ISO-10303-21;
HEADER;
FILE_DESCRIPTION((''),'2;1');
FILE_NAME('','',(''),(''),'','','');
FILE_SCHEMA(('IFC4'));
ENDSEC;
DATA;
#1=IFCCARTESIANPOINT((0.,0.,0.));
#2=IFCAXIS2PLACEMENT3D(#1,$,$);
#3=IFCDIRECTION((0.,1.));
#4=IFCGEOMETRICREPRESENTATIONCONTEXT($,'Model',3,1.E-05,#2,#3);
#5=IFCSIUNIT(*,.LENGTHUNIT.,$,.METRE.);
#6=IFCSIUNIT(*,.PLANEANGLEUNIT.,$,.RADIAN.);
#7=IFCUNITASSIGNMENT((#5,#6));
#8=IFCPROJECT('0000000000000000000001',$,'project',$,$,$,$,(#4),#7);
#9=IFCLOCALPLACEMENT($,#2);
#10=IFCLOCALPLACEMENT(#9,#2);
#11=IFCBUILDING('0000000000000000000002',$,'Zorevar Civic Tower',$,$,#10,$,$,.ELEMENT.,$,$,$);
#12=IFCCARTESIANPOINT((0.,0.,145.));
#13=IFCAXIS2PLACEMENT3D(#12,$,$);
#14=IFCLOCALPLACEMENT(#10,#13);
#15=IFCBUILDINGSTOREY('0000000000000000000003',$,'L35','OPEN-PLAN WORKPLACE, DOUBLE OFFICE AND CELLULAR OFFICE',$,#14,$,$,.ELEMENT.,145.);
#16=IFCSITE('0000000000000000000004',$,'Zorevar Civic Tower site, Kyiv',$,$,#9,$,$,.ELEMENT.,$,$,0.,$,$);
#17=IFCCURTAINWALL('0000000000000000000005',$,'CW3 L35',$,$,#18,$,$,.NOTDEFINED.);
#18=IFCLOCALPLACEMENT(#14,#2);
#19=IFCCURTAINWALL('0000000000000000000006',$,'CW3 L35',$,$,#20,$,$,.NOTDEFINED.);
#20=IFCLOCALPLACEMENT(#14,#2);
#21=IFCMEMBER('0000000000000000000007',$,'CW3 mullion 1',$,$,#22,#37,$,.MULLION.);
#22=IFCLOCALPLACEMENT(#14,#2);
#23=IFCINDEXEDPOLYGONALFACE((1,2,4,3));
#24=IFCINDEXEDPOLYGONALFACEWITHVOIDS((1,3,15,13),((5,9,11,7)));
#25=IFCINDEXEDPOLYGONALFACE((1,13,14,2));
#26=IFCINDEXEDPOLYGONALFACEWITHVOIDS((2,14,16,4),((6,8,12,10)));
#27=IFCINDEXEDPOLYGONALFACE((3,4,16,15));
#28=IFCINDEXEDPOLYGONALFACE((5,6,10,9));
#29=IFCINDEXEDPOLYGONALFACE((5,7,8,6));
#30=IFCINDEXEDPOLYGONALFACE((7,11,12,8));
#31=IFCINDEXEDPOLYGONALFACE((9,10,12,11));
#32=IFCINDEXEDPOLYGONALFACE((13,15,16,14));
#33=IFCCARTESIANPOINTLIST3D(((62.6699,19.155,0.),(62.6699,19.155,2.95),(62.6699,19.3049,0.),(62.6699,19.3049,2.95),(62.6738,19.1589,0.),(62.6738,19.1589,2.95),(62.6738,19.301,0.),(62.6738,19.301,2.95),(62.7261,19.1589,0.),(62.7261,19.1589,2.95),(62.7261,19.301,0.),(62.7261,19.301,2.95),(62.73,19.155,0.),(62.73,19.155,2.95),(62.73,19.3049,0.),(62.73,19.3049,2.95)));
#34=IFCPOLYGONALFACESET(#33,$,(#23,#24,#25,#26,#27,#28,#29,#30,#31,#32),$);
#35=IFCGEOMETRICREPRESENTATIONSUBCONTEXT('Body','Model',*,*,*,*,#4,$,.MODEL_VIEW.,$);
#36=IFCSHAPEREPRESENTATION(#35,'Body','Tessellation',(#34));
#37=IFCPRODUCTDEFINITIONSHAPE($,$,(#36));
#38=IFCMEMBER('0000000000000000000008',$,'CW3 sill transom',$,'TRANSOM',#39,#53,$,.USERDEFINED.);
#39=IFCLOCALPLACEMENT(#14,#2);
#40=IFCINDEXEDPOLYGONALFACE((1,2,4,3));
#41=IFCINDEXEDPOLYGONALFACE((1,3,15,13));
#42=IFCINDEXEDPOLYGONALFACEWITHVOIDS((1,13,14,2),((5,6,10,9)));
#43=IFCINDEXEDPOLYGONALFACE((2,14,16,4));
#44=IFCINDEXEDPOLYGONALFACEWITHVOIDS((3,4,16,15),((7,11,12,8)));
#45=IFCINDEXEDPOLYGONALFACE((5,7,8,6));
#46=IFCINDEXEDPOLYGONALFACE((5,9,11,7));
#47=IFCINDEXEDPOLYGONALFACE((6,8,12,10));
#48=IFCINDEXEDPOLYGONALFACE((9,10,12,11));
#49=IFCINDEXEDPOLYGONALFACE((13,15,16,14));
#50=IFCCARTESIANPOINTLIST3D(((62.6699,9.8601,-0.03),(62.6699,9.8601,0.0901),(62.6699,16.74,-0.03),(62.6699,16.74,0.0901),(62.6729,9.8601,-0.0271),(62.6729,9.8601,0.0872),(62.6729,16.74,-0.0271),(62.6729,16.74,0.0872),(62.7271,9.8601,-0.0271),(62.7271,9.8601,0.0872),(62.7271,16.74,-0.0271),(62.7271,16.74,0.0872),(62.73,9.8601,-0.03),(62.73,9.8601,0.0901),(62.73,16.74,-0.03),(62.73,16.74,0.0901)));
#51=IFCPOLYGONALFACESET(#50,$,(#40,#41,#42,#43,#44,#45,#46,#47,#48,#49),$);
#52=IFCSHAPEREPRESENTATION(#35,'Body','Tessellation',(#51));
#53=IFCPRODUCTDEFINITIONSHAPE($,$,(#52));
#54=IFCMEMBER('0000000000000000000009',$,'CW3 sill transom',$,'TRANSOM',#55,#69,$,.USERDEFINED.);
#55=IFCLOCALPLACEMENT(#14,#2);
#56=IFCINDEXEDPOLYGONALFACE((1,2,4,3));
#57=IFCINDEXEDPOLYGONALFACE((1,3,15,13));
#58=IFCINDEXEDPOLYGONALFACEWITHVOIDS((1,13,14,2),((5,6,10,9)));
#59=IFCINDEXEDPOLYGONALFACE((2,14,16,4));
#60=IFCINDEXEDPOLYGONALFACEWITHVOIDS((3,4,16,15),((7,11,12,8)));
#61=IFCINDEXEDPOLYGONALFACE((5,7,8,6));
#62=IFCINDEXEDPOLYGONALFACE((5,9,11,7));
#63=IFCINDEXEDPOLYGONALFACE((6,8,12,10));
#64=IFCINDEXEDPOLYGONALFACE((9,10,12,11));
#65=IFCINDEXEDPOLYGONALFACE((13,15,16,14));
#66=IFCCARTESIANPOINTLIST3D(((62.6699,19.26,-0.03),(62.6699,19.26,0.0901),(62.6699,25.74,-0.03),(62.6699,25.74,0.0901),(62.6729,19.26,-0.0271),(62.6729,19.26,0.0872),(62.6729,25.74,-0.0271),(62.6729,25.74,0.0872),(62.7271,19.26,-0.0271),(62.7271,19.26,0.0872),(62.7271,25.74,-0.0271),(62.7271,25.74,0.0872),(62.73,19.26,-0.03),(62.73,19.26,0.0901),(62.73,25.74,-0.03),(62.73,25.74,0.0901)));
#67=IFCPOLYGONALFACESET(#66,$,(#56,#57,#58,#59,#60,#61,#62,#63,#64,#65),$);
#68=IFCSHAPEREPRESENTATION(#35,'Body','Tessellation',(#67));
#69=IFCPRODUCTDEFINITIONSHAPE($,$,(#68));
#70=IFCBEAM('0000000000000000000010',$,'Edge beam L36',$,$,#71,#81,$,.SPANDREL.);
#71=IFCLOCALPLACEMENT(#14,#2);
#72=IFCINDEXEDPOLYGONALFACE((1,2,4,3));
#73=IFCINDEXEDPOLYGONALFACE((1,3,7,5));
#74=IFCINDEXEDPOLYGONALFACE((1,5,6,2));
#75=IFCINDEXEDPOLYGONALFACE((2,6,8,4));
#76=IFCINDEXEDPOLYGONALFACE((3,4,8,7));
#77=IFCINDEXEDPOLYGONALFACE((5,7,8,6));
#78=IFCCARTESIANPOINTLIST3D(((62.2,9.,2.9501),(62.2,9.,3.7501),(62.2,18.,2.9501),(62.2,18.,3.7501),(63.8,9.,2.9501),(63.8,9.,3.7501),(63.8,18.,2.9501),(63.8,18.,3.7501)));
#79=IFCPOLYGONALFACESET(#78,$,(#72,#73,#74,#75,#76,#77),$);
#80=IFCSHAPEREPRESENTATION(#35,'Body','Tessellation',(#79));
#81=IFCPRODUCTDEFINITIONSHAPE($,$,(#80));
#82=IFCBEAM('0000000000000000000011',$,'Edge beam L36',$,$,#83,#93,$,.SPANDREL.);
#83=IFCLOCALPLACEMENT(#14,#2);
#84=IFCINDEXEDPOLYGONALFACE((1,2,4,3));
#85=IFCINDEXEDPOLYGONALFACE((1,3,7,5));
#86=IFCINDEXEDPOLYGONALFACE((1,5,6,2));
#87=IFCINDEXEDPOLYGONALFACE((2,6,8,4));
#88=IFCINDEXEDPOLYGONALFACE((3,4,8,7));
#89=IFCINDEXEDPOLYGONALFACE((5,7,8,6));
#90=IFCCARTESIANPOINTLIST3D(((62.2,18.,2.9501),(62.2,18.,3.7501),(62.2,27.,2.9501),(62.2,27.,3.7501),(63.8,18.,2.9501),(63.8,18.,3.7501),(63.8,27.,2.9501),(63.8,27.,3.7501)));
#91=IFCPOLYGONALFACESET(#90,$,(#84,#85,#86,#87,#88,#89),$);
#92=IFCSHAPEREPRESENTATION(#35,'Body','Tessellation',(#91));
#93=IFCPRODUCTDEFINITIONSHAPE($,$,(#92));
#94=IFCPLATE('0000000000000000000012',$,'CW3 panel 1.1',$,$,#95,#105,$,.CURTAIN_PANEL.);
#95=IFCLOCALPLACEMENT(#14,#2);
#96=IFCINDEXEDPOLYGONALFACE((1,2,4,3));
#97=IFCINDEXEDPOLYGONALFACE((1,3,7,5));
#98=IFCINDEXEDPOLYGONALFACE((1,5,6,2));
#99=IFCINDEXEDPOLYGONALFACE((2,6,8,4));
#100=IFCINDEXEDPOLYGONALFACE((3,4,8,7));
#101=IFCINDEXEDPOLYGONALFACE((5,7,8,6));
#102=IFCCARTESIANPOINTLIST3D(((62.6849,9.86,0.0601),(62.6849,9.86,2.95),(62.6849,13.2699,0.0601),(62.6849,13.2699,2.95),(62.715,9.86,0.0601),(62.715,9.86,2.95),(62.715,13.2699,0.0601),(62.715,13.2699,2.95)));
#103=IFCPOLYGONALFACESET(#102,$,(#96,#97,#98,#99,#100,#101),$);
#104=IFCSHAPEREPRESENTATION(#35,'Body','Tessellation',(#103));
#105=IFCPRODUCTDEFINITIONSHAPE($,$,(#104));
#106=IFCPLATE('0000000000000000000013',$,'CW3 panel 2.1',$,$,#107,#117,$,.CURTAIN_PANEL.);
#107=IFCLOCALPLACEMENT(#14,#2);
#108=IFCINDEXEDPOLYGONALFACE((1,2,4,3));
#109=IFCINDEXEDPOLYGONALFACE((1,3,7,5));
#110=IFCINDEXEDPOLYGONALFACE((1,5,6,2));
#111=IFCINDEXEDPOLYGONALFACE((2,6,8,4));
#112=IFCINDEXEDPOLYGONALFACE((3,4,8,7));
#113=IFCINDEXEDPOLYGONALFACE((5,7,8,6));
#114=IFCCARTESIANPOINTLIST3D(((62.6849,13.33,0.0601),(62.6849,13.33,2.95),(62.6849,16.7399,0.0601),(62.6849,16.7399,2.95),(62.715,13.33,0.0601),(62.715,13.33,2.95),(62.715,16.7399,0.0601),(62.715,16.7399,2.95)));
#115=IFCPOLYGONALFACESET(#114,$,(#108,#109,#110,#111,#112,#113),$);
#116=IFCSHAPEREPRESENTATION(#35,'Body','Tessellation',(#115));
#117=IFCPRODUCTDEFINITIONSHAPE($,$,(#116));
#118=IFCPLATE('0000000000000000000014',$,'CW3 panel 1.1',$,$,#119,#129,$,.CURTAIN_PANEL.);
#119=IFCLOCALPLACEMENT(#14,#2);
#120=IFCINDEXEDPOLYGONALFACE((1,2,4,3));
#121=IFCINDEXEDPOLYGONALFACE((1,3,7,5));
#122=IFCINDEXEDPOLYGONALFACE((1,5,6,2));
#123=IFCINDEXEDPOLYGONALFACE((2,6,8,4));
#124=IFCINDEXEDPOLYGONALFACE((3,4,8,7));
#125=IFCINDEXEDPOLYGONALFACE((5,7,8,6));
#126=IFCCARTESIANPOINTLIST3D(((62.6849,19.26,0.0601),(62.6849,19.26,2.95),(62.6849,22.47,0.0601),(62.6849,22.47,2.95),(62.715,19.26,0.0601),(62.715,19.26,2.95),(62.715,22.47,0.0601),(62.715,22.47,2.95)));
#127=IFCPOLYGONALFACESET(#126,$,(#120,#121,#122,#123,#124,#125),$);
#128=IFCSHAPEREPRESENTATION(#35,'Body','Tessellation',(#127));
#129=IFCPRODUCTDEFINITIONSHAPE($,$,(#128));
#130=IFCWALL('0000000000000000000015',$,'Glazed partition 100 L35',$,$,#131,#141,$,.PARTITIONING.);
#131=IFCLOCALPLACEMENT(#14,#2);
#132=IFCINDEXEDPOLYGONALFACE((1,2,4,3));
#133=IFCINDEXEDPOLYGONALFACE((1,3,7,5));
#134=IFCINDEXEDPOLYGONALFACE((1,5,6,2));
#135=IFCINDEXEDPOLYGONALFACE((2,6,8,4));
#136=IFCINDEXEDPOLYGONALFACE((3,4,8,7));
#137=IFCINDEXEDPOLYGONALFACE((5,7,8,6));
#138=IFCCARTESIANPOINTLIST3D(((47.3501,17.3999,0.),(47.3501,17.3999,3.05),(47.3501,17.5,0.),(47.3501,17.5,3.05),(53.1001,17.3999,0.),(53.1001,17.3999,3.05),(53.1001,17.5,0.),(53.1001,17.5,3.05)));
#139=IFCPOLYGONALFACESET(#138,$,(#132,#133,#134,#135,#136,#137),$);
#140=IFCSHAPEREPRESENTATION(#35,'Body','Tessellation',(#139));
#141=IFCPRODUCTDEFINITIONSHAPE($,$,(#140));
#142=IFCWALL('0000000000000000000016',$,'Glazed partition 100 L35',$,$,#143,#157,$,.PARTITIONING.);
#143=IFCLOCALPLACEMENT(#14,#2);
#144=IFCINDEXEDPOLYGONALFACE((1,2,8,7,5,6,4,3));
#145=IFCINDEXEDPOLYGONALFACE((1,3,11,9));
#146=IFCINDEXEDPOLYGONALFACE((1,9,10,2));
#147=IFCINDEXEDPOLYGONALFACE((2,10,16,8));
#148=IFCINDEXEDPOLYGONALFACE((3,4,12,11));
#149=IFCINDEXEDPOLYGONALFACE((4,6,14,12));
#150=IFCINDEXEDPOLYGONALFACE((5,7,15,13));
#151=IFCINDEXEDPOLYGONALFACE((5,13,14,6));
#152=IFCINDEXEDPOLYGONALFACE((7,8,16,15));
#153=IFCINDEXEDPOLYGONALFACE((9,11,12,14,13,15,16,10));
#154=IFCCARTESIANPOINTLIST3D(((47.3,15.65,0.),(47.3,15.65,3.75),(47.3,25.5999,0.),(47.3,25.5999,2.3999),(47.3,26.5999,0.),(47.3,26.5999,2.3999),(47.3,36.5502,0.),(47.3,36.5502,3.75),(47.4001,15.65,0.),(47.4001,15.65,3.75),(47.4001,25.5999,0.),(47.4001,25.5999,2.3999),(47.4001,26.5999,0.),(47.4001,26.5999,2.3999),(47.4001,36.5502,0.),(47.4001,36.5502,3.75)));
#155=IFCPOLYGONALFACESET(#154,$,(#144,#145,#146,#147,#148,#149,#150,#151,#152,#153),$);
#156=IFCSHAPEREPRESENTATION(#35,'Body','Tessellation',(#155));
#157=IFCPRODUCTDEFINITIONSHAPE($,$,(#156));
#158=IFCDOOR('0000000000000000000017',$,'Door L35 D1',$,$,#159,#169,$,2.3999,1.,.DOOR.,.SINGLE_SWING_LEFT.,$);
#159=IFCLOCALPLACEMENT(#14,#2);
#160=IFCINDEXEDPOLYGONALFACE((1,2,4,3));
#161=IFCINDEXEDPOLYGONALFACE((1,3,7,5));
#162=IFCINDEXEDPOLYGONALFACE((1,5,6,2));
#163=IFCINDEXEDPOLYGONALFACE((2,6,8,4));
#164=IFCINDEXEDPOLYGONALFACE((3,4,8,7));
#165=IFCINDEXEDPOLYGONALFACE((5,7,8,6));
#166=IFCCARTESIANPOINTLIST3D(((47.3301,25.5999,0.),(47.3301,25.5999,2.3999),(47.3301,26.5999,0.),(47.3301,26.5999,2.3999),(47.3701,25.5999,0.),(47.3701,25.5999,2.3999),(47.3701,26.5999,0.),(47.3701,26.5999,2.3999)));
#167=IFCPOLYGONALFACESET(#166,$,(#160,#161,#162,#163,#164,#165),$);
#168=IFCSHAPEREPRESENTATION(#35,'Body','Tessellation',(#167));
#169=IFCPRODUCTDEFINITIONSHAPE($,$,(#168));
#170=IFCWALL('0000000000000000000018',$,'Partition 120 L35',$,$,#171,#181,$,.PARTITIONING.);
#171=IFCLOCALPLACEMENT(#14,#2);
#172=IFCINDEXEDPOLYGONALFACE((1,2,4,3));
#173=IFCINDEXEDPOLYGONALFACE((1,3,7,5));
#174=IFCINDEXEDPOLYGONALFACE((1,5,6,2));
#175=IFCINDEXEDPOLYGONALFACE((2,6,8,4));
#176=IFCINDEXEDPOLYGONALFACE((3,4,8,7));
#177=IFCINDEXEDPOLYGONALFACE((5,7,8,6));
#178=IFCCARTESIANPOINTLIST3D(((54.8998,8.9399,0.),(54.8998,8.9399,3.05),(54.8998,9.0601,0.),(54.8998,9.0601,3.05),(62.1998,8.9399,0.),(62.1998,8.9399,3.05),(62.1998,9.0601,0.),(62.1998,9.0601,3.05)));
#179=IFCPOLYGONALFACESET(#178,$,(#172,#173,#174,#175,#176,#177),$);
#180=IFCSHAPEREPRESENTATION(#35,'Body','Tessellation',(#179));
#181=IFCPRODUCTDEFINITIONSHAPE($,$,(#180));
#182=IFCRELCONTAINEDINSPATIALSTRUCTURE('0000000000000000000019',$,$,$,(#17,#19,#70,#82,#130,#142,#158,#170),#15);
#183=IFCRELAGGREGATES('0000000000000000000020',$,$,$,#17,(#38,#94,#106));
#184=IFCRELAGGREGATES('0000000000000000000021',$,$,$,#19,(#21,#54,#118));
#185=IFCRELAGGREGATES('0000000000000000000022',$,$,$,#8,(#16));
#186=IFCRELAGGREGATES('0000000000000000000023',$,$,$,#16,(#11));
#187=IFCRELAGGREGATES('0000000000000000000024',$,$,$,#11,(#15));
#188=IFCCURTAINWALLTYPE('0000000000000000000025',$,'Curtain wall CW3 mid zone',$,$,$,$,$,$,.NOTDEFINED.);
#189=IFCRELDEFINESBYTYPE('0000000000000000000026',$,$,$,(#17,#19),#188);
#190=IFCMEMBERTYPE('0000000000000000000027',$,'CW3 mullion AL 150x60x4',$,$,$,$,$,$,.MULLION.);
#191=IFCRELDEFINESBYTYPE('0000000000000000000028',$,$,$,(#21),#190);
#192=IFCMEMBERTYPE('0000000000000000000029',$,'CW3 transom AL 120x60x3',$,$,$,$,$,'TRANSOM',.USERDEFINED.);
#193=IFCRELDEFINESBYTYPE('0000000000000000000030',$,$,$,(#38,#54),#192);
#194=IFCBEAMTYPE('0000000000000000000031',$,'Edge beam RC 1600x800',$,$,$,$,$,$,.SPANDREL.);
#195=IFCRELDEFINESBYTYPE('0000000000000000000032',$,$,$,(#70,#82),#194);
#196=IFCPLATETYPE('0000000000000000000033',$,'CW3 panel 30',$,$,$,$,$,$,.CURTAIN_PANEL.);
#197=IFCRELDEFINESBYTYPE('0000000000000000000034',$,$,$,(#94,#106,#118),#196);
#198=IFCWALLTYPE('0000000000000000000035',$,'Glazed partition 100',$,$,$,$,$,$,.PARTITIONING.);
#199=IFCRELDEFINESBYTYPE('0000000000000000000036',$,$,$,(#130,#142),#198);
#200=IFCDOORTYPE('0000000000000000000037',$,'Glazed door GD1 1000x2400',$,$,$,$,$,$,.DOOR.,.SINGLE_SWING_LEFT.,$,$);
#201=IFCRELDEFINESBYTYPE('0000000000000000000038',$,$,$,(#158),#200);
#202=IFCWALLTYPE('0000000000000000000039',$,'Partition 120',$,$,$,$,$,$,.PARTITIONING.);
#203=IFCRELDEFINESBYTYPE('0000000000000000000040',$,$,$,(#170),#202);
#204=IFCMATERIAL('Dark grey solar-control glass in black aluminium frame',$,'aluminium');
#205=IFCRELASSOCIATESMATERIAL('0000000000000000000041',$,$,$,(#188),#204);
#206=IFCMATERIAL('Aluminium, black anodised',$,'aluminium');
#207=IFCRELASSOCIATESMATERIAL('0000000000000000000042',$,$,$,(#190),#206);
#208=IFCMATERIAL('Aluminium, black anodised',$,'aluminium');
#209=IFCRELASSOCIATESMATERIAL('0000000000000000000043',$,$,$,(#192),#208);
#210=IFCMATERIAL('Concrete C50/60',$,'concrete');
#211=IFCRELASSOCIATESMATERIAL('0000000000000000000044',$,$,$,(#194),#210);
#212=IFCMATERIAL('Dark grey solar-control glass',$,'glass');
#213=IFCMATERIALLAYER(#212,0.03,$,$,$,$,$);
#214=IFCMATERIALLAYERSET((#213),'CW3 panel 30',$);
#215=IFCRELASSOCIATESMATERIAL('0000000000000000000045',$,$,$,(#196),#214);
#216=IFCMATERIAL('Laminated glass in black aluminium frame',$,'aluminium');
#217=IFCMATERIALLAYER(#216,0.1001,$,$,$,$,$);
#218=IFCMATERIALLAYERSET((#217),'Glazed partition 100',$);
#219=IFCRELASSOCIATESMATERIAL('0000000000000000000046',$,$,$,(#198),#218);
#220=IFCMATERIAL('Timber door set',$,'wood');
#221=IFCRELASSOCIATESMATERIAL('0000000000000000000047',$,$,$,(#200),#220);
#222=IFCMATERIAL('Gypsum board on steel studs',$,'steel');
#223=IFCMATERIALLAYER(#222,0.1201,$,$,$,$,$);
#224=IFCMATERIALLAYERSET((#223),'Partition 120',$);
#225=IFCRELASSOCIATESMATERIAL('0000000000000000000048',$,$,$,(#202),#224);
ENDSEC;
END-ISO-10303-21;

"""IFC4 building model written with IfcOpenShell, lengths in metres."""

from ifc_helpers import new_model, si_unit, direction, frame, frame_2d, origin, origin_2d, place, context, subcontext, project, spatial, rectangle, hollow_rectangle, extrude, material, layer, layer_set, material_profile, profile_set, type_object, element, fill, aggregate, save


model = new_model("IFC4")

# Units and contexts
model_context = context("Model", 3, precision=1e-05, world=origin(), true_north=direction((0.0, 1.0)))
body_context = subcontext(model_context, "Body", "Model", "MODEL_VIEW")
ifc_project = project(units=[si_unit("LENGTHUNIT", "METRE"), si_unit("PLANEANGLEUNIT", "RADIAN")], contexts=[model_context])

# Site, building, storey
site_placement = place(None, origin())
site = spatial("IfcSite", under=ifc_project, at=site_placement, Name="Zorevar Civic Tower site, Kyiv", CompositionType="ELEMENT", RefElevation=0.0)
building_placement = place(site_placement, origin())
building = spatial("IfcBuilding", under=site, at=building_placement, Name="Zorevar Civic Tower", CompositionType="ELEMENT")
storey_placement = place(building_placement, frame((0.0, 0.0, 145.0)))
storey = spatial("IfcBuildingStorey", under=building, at=storey_placement, Name="L35", Description="OPEN-PLAN WORKPLACE, DOUBLE OFFICE AND CELLULAR OFFICE", CompositionType="ELEMENT", Elevation=145.0)

# Curtain wall
ifc_material_1 = material(Name="Dark grey solar-control glass in black aluminium frame", Category="aluminium")
curtain_wall_type = type_object("IfcCurtainWallType", Name="Curtain wall CW3 mid zone", PredefinedType="NOTDEFINED", material=ifc_material_1)
curtain_wall_1_placement = place(storey_placement, origin())
curtain_wall_1 = element("IfcCurtainWall", 1, at=curtain_wall_1_placement, inside=storey, type_object=curtain_wall_type, Name="CW3 L35", PredefinedType="NOTDEFINED")
ifc_material_2 = material(Name="Aluminium, black anodised", Category="aluminium")
ifc_material_profile_1 = material_profile(ifc_material_2, hollow_rectangle(XDim=0.0601, YDim=0.1499, WallThickness=0.0039, at=origin_2d()), Name="AL 150x60x4")
ifc_profile_set_1 = profile_set([ifc_material_profile_1], Name="Aluminium, black anodised")
member_type_1 = type_object("IfcMemberType", Name="CW3 mullion AL 150x60x4", PredefinedType="MULLION", material=ifc_profile_set_1)

# Curtain wall, member
curtain_wall_2_placement = place(storey_placement, origin())
curtain_wall_2 = element("IfcCurtainWall", 2, at=curtain_wall_2_placement, inside=storey, type_object=curtain_wall_type, Name="CW3 L35", PredefinedType="NOTDEFINED")
member_1_placement = place(storey_placement, frame((62.7, 19.23, 0.0), z_axis=(0.0, 0.0, 1.0), x_axis=(-1.0, 0.0, 0.0)))
member_1 = element("IfcMember", 3, at=member_1_placement, type_object=member_type_1, Name="CW3 mullion 1", PredefinedType="MULLION", context=body_context, shape_type="SweptSolid", body=[
    extrude(hollow_rectangle(XDim=0.0601, YDim=0.1499, WallThickness=0.0039, at=origin_2d()), origin(), (0.0, 0.0, 1.0), 2.95),
])

# Members
ifc_material_3 = material(Name="Aluminium, black anodised", Category="aluminium")
ifc_material_profile_2 = material_profile(ifc_material_3, hollow_rectangle(XDim=0.0601, YDim=0.1201, WallThickness=0.0029, at=origin_2d()), Name="AL 120x60x3")
ifc_profile_set_2 = profile_set([ifc_material_profile_2], Name="Aluminium, black anodised")
member_type_2 = type_object("IfcMemberType", Name="CW3 transom AL 120x60x3", ElementType="TRANSOM", PredefinedType="USERDEFINED", material=ifc_profile_set_2)
member_2_placement = place(storey_placement, frame((62.7, 9.8601, 0.03), z_axis=(0.0, 1.0, 0.0), x_axis=(-1.0, 0.0, 0.0)))
member_2 = element("IfcMember", 4, at=member_2_placement, type_object=member_type_2, Name="CW3 sill transom", ObjectType="TRANSOM", PredefinedType="USERDEFINED", context=body_context, shape_type="SweptSolid", body=[
    extrude(hollow_rectangle(XDim=0.0601, YDim=0.1201, WallThickness=0.0029, at=origin_2d()), origin(), (0.0, 0.0, 1.0), 6.8799),
])
member_3_placement = place(storey_placement, frame((62.7, 19.26, 0.03), z_axis=(0.0, 1.0, 0.0), x_axis=(-1.0, 0.0, 0.0)))
member_3 = element("IfcMember", 5, at=member_3_placement, type_object=member_type_2, Name="CW3 sill transom", ObjectType="TRANSOM", PredefinedType="USERDEFINED", context=body_context, shape_type="SweptSolid", body=[
    extrude(hollow_rectangle(XDim=0.0601, YDim=0.1201, WallThickness=0.0029, at=origin_2d()), origin(), (0.0, 0.0, 1.0), 6.48),
])

# Beams
ifc_material_4 = material(Name="Concrete C50/60", Category="concrete")
ifc_material_profile_3 = material_profile(ifc_material_4, rectangle(XDim=1.6001, YDim=0.8, at=origin_2d()), Name="RC 1600x800")
ifc_profile_set_3 = profile_set([ifc_material_profile_3], Name="Concrete C50/60")
beam_type_1 = type_object("IfcBeamType", Name="Edge beam RC 1600x800", PredefinedType="SPANDREL", material=ifc_profile_set_3)
for number, where, z_axis, x_axis, name in (
    (6, (63.0, 9.0, 3.3501), (0.0, 1.0, 0.0), (-1.0, 0.0, 0.0), "Edge beam L36"),
    (7, (63.0, 18.0, 3.3501), (0.0, 1.0, 0.0), (-1.0, 0.0, 0.0), "Edge beam L36"),
):
    element("IfcBeam", number, at=place(storey_placement, frame(where, z_axis=z_axis, x_axis=x_axis)), inside=storey, type_object=beam_type_1, Name=name, PredefinedType="SPANDREL", context=body_context, shape_type="SweptSolid", body=[
        extrude(rectangle(XDim=1.6001, YDim=0.8, at=origin_2d()), origin(), (0.0, 0.0, 1.0), 9.0),
    ])

# Plates
ifc_material_5 = material(Name="Dark grey solar-control glass", Category="glass")
ifc_layer_1 = layer(ifc_material_5, 0.03)
ifc_layer_set_1 = layer_set([ifc_layer_1], Name="CW3 panel 30")
plate_type = type_object("IfcPlateType", Name="CW3 panel 30", PredefinedType="CURTAIN_PANEL", material=ifc_layer_set_1)
plate_1_placement = place(storey_placement, frame((62.7, 11.5649, 0.0601), z_axis=(0.0, 0.0, 1.0), x_axis=(0.0, 1.0, 0.0)))
plate_1 = element("IfcPlate", 8, at=plate_1_placement, type_object=plate_type, Name="CW3 panel 1.1", PredefinedType="CURTAIN_PANEL", context=body_context, shape_type="SweptSolid", body=[
    extrude(rectangle(XDim=3.4099, YDim=0.03, at=origin_2d()), origin(), (0.0, 0.0, 1.0), 2.8899),
])
plate_2_placement = place(storey_placement, frame((62.7, 15.0349, 0.0601), z_axis=(0.0, 0.0, 1.0), x_axis=(0.0, 1.0, 0.0)))
plate_2 = element("IfcPlate", 9, at=plate_2_placement, type_object=plate_type, Name="CW3 panel 2.1", PredefinedType="CURTAIN_PANEL", context=body_context, shape_type="SweptSolid", body=[
    extrude(rectangle(XDim=3.4099, YDim=0.03, at=origin_2d()), origin(), (0.0, 0.0, 1.0), 2.8899),
])
aggregate(curtain_wall_1, [member_2, plate_1, plate_2])
plate_3_placement = place(storey_placement, frame((62.7, 20.865, 0.0601), z_axis=(0.0, 0.0, 1.0), x_axis=(0.0, 1.0, 0.0)))
plate_3 = element("IfcPlate", 10, at=plate_3_placement, type_object=plate_type, Name="CW3 panel 1.1", PredefinedType="CURTAIN_PANEL", context=body_context, shape_type="SweptSolid", body=[
    extrude(rectangle(XDim=3.21, YDim=0.03, at=origin_2d()), origin(), (0.0, 0.0, 1.0), 2.8899),
])
aggregate(curtain_wall_2, [member_1, member_3, plate_3])

# Wall
ifc_material_6 = material(Name="Laminated glass in black aluminium frame", Category="aluminium")
ifc_layer_2 = layer(ifc_material_6, 0.1001)
ifc_layer_set_2 = layer_set([ifc_layer_2], Name="Glazed partition 100")
wall_type_1 = type_object("IfcWallType", Name="Glazed partition 100", PredefinedType="PARTITIONING", material=ifc_layer_set_2)
wall_1_placement = place(storey_placement, frame((47.3501, 17.45, 0.0), z_axis=(0.0, 0.0, 1.0), x_axis=(1.0, 0.0, 0.0)))
element("IfcWall", 11, at=wall_1_placement, inside=storey, type_object=wall_type_1, Name="Glazed partition 100 L35", PredefinedType="PARTITIONING", context=body_context, shape_type="SweptSolid", body=[
    extrude(rectangle(XDim=5.75, YDim=0.1001, at=frame_2d((2.875, 0.0))), origin(), (0.0, 0.0, 1.0), 3.05),
])

# Wall, opening, door
wall_2_placement = place(storey_placement, frame((47.3501, 15.6499, 0.0), z_axis=(0.0, 0.0, 1.0), x_axis=(0.0, 1.0, 0.0)))
wall_2 = element("IfcWall", 12, at=wall_2_placement, inside=storey, type_object=wall_type_1, Name="Glazed partition 100 L35", PredefinedType="PARTITIONING", context=body_context, shape_type="SweptSolid", body=[
    extrude(rectangle(XDim=20.9001, YDim=0.1001, at=frame_2d((10.4502, 0.0))), origin(), (0.0, 0.0, 1.0), 3.75),
])
opening_1_placement = place(wall_2_placement, frame((9.95, 0.0, 0.0)))
opening_1 = element("IfcOpeningElement", 13, at=opening_1_placement, cuts=wall_2, PredefinedType="OPENING", context=body_context, shape_type="SweptSolid", body=[
    extrude(rectangle(XDim=1.0, YDim=2.3999, at=frame_2d((0.5, 1.2))), frame((0.0, 0.0601, 0.0), z_axis=(0.0, -1.0, 0.0), x_axis=(1.0, 0.0, 0.0)), (0.0, 0.0, 1.0), 0.1201),
])
ifc_material_7 = material(Name="Timber door set", Category="wood")
door_type_1 = type_object("IfcDoorType", Name="Glazed door GD1 1000x2400", OperationType="SINGLE_SWING_LEFT", PredefinedType="DOOR", material=ifc_material_7)
door_1_placement = place(opening_1_placement, origin())
door_1 = element("IfcDoor", 14, at=door_1_placement, inside=storey, type_object=door_type_1, Name="Door L35 D1", OperationType="SINGLE_SWING_LEFT", OverallHeight=2.3999, OverallWidth=1.0, PredefinedType="DOOR", context=body_context, shape_type="SweptSolid", body=[
    extrude(rectangle(XDim=1.0, YDim=2.3999, at=frame_2d((0.5, 1.2))), frame((0.0, 0.02, 0.0), z_axis=(0.0, -1.0, 0.0), x_axis=(1.0, 0.0, 0.0)), (0.0, 0.0, 1.0), 0.04),
])
fill(opening_1, door_1)

# Wall
ifc_material_8 = material(Name="Gypsum board on steel studs", Category="steel")
ifc_layer_3 = layer(ifc_material_8, 0.1201)
ifc_layer_set_3 = layer_set([ifc_layer_3], Name="Partition 120")
wall_type_2 = type_object("IfcWallType", Name="Partition 120", PredefinedType="PARTITIONING", material=ifc_layer_set_3)
wall_3_placement = place(storey_placement, frame((54.8999, 9.0, 0.0), z_axis=(0.0, 0.0, 1.0), x_axis=(1.0, 0.0, 0.0)))
element("IfcWall", 15, at=wall_3_placement, inside=storey, type_object=wall_type_2, Name="Partition 120 L35", PredefinedType="PARTITIONING", context=body_context, shape_type="SweptSolid", body=[
    extrude(rectangle(XDim=7.3, YDim=0.1201, at=frame_2d((3.6499, 0.0))), origin(), (0.0, 0.0, 1.0), 3.05),
])

save(model, "model.ifc")
